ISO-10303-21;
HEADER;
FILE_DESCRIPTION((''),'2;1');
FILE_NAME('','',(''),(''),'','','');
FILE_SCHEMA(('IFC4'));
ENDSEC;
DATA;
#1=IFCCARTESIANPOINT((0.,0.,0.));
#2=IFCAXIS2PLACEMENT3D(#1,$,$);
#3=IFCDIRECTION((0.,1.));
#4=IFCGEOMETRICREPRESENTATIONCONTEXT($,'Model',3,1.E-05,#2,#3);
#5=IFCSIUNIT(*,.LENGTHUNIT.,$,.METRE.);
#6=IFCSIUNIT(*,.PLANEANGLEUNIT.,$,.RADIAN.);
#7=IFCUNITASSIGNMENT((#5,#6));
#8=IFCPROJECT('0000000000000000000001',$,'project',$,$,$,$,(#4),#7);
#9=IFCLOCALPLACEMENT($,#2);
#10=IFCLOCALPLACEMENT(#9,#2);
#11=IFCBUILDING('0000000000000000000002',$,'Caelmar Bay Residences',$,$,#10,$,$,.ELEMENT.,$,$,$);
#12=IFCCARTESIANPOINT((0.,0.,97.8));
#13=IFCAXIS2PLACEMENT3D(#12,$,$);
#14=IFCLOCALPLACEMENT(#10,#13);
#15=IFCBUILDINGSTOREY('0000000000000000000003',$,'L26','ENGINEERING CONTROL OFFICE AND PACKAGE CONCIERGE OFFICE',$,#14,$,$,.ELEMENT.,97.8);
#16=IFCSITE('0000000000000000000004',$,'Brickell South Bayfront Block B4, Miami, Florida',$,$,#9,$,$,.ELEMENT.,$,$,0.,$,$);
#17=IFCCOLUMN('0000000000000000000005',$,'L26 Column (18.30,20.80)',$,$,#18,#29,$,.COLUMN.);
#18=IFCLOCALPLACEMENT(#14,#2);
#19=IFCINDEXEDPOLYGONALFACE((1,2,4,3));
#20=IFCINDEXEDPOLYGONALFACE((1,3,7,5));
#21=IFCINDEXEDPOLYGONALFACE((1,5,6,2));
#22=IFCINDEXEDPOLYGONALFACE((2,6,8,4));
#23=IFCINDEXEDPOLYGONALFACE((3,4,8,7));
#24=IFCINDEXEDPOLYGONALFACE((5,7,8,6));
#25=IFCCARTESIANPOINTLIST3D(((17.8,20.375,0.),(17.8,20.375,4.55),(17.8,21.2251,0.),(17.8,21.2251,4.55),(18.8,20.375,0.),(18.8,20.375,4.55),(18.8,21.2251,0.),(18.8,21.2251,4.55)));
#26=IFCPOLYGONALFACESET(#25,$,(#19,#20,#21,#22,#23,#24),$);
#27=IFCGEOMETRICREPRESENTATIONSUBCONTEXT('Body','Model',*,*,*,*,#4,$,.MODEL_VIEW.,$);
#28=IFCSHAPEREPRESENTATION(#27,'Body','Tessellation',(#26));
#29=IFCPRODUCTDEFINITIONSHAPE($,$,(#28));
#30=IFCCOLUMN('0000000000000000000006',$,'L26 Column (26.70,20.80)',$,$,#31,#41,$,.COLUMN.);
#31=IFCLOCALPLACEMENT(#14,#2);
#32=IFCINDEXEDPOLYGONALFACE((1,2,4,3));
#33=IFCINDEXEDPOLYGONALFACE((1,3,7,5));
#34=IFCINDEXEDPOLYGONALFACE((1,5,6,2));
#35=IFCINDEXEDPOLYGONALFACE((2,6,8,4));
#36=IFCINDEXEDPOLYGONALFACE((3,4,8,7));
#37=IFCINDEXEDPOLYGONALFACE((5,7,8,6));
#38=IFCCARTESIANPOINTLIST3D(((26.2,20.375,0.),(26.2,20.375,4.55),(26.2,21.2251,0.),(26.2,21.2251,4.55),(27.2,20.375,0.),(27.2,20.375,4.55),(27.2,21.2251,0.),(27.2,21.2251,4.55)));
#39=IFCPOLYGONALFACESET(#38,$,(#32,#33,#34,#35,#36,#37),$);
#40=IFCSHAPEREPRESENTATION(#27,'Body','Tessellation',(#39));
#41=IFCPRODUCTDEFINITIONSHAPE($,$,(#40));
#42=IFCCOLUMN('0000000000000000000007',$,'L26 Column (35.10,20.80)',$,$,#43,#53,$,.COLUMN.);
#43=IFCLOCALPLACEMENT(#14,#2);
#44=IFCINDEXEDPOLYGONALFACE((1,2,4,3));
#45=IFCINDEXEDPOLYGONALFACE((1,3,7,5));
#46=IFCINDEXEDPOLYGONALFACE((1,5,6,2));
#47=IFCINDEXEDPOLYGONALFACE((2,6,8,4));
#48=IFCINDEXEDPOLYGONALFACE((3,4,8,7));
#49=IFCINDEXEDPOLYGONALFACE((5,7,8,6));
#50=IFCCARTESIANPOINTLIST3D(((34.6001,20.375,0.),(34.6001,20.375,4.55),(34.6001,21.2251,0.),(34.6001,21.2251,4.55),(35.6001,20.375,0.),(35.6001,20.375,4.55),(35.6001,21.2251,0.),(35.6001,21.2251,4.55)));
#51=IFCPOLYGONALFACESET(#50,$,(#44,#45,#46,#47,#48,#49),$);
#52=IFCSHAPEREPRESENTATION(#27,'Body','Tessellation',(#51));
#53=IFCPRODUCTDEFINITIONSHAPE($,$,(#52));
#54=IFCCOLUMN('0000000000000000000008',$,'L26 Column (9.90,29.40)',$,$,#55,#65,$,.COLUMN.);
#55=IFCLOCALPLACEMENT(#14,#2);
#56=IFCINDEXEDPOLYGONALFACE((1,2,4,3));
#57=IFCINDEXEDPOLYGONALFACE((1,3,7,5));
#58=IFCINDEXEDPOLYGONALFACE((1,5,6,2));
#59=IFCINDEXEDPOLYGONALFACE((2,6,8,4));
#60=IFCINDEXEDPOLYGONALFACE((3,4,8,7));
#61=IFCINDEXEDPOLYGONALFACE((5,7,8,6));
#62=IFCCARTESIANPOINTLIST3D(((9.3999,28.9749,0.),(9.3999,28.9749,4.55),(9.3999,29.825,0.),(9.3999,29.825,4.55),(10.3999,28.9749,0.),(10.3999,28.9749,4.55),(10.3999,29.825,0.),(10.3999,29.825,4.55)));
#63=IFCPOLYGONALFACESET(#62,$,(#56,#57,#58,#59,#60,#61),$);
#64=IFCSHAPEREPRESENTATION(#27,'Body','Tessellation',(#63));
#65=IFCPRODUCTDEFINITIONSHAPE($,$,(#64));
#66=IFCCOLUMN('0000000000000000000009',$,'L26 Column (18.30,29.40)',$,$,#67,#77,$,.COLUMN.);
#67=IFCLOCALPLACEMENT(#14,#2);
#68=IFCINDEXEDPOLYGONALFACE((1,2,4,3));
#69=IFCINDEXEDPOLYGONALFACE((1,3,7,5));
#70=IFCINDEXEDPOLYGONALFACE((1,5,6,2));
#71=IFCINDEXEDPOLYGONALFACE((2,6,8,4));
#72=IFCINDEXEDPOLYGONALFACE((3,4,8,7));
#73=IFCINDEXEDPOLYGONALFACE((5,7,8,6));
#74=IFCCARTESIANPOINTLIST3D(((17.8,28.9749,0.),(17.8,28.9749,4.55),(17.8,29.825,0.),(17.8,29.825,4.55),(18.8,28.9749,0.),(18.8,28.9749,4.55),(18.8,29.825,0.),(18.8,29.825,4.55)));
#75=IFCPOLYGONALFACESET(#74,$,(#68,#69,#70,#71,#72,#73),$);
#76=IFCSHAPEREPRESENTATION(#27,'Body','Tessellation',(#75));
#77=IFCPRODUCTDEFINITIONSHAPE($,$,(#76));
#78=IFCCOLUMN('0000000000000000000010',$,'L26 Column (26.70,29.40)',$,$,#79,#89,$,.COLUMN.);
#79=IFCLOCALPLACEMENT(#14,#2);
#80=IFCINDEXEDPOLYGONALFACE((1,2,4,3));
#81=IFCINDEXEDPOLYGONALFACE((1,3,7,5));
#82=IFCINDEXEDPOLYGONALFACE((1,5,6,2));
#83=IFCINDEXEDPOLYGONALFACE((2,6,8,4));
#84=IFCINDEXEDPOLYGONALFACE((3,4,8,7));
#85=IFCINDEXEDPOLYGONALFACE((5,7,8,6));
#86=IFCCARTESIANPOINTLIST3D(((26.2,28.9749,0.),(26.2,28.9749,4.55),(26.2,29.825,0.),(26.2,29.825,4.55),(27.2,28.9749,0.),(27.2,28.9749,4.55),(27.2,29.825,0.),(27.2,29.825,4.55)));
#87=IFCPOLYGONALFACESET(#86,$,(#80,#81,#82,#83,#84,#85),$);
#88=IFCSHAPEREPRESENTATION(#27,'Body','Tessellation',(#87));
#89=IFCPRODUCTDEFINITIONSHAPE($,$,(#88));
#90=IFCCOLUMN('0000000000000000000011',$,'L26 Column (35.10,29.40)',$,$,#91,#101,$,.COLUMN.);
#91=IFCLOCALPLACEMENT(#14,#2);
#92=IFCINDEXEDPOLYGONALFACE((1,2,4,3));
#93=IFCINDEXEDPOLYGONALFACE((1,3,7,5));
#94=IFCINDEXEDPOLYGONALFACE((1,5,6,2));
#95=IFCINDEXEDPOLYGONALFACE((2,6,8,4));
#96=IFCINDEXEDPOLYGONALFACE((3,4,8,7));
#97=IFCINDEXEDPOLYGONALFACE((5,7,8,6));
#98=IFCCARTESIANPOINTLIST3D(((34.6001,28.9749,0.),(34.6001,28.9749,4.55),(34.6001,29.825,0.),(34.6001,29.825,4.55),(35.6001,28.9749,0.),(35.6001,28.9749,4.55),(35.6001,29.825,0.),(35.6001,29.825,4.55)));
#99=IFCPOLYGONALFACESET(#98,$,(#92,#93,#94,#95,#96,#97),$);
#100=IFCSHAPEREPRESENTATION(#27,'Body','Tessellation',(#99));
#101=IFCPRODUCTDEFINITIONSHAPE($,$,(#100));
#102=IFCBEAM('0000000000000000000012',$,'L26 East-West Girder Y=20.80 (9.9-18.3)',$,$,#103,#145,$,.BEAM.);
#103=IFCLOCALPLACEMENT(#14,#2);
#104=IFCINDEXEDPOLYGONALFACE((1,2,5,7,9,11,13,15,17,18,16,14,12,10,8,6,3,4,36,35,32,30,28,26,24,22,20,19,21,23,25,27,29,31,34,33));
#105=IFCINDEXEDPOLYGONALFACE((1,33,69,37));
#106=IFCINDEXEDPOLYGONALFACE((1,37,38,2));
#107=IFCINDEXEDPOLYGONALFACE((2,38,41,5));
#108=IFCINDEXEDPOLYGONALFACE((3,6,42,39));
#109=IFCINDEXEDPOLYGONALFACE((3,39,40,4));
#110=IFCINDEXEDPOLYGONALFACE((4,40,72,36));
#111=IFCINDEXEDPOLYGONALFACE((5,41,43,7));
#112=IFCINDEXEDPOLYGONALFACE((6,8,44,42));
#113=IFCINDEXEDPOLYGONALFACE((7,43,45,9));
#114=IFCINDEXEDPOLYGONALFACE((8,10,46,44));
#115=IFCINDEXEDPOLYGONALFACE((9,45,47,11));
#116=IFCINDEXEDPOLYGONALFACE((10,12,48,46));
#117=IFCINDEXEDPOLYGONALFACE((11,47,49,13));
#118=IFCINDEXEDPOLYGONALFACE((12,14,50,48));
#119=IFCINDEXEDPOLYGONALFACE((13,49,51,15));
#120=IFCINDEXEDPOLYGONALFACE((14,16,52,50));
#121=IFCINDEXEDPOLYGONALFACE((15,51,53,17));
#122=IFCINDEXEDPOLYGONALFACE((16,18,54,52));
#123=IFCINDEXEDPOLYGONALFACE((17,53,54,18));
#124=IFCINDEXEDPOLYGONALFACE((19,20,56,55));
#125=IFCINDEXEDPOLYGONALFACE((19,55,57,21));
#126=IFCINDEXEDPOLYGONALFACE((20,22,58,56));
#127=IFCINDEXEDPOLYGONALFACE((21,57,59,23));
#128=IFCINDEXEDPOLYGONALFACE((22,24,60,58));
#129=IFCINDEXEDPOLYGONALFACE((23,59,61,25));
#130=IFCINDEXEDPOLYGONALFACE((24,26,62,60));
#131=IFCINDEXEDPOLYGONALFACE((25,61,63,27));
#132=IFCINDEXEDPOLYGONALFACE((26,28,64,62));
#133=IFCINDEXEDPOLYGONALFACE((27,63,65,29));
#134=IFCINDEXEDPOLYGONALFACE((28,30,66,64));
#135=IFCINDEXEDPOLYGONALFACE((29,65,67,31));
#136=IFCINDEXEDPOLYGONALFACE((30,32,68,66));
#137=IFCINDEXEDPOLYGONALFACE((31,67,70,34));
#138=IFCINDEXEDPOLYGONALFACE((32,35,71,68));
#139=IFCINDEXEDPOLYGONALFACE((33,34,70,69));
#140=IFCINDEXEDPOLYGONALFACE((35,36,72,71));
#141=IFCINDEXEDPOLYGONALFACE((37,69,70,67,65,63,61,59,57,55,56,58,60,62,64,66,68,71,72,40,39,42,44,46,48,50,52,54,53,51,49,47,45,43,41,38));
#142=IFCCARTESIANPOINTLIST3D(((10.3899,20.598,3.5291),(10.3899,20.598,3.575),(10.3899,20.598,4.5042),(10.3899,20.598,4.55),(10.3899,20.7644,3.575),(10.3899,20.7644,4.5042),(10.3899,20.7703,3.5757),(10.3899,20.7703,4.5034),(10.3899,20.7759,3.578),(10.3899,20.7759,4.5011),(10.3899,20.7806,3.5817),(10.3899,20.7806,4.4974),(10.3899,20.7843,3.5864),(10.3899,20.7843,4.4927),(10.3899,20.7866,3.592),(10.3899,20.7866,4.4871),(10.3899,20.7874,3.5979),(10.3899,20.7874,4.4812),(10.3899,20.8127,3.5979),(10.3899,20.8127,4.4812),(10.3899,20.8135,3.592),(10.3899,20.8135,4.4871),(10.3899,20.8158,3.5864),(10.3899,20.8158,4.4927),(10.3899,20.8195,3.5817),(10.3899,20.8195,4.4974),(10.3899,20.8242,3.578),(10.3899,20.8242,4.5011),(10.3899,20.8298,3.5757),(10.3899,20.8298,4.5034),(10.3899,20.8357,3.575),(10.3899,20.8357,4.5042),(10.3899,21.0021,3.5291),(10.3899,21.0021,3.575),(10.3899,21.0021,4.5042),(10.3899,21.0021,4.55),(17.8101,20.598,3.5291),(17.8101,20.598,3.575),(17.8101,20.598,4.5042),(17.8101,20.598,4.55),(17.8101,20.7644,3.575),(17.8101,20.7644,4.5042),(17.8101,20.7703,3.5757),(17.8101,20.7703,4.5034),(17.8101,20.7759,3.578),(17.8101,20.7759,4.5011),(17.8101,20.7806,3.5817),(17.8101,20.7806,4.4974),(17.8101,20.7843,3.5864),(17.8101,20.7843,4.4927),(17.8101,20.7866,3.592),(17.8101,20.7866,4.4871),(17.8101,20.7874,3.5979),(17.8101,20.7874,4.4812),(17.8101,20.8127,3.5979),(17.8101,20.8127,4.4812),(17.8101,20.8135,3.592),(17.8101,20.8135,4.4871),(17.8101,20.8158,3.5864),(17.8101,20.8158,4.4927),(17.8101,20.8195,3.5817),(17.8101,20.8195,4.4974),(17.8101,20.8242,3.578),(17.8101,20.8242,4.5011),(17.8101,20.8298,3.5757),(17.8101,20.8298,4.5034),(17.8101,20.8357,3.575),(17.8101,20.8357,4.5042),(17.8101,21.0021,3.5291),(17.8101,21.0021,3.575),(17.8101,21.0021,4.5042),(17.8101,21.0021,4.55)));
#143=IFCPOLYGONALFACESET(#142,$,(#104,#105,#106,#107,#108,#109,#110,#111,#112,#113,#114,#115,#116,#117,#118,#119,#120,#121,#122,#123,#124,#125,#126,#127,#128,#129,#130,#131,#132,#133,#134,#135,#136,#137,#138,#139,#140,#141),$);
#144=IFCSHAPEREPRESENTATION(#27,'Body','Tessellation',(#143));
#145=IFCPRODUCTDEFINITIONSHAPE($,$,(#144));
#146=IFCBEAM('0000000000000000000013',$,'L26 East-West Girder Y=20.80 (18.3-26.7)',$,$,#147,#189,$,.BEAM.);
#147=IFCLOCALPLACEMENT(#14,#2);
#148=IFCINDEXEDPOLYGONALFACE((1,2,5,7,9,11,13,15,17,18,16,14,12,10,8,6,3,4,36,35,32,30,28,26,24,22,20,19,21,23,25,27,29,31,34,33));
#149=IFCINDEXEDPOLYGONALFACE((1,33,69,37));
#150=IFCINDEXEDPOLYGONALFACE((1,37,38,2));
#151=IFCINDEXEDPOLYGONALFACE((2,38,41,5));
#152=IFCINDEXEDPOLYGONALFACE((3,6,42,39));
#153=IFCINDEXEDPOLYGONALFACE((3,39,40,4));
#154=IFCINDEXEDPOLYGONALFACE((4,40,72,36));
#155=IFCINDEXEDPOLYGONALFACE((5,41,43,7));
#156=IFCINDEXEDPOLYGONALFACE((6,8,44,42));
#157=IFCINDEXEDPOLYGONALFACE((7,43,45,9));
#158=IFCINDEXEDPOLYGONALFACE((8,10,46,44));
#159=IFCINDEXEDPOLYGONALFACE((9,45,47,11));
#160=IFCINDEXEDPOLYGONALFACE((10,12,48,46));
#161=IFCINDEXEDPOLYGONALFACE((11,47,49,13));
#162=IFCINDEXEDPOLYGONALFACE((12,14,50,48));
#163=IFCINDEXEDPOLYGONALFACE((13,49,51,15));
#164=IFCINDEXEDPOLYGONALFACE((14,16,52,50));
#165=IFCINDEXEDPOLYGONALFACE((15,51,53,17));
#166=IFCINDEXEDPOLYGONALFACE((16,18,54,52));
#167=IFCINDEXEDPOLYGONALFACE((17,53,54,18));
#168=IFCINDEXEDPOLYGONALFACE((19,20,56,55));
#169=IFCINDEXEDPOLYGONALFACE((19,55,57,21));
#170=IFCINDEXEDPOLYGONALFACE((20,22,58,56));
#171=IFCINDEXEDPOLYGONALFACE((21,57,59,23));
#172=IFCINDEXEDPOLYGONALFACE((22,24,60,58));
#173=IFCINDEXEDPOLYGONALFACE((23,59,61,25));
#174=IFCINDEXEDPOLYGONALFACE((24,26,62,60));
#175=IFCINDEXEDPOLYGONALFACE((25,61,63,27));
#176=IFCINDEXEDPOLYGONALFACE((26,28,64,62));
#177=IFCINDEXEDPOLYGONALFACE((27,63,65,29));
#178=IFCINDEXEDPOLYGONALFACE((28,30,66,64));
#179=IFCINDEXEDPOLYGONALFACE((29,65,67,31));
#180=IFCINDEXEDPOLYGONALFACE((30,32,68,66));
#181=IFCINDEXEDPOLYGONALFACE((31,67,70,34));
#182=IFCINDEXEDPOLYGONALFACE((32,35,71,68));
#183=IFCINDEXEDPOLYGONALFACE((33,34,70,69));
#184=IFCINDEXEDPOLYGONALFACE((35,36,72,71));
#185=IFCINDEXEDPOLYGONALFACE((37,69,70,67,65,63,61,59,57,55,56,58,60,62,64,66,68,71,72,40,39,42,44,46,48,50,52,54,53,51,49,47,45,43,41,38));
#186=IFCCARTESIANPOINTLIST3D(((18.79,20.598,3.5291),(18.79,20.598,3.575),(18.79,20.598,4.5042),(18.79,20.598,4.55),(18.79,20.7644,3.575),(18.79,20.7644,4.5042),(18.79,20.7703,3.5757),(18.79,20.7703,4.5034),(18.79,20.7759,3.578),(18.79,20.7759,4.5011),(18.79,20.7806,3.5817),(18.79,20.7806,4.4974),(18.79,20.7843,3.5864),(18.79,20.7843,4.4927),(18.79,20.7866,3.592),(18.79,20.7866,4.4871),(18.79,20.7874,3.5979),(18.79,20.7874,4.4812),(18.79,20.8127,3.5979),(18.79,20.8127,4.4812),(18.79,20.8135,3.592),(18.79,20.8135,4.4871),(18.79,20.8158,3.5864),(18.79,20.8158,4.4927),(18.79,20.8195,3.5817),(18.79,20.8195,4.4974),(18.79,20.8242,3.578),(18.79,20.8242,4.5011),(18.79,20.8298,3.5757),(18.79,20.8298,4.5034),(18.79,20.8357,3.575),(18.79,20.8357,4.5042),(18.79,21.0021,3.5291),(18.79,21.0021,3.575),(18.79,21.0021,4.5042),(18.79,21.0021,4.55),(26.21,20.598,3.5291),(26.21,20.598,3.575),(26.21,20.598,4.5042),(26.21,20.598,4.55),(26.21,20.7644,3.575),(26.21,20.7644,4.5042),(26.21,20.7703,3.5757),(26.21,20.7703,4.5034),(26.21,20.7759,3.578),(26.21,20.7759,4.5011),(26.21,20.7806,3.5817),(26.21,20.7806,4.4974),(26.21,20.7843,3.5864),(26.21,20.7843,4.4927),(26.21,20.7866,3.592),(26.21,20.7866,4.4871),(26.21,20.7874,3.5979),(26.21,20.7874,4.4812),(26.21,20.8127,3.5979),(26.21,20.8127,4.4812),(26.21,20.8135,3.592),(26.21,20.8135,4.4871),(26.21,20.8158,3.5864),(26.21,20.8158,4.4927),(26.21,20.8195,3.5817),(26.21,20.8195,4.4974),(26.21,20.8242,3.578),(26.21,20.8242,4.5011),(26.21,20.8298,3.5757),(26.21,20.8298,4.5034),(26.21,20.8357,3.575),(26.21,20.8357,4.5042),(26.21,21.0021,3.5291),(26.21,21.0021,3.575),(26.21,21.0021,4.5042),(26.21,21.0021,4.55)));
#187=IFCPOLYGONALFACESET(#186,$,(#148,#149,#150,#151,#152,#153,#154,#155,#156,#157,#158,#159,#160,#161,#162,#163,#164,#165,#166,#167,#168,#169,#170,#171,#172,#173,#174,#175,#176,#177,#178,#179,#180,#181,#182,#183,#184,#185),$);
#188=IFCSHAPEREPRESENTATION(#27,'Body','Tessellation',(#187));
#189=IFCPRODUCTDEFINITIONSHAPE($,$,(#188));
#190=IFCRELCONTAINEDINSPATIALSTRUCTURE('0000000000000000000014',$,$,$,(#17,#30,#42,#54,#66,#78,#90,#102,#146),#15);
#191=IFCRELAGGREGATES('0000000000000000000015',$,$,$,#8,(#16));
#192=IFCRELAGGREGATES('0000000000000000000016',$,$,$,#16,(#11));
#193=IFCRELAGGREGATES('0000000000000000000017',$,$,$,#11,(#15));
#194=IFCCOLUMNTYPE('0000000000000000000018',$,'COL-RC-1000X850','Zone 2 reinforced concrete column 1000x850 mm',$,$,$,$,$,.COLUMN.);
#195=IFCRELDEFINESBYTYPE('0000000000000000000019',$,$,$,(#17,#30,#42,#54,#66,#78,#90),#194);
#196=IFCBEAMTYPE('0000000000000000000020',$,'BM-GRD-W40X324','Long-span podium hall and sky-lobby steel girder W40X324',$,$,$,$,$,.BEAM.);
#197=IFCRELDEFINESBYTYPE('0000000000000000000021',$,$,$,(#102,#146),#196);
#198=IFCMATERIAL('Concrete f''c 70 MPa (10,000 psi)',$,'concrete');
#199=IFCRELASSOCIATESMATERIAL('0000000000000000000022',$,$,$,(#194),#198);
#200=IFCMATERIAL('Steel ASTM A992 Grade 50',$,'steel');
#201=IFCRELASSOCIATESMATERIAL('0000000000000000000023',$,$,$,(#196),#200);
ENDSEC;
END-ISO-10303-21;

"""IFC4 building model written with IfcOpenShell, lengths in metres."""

from ifc_helpers import new_model, si_unit, direction, frame, origin, origin_2d, place, context, subcontext, project, spatial, rectangle, i_section, extrude, material, material_profile, profile_set, type_object, element, save


model = new_model("IFC4")

# Units and contexts
model_context = context("Model", 3, precision=1e-05, world=origin(), true_north=direction((0.0, 1.0)))
body_context = subcontext(model_context, "Body", "Model", "MODEL_VIEW")
ifc_project = project(units=[si_unit("LENGTHUNIT", "METRE"), si_unit("PLANEANGLEUNIT", "RADIAN")], contexts=[model_context])

# Site, building, storey
site_placement = place(None, origin())
site = spatial("IfcSite", under=ifc_project, at=site_placement, Name="Brickell South Bayfront Block B4, Miami, Florida", CompositionType="ELEMENT", RefElevation=0.0)
building_placement = place(site_placement, origin())
building = spatial("IfcBuilding", under=site, at=building_placement, Name="Caelmar Bay Residences", CompositionType="ELEMENT")
storey_placement = place(building_placement, frame((0.0, 0.0, 97.8)))
storey = spatial("IfcBuildingStorey", under=building, at=storey_placement, Name="L26", Description="ENGINEERING CONTROL OFFICE AND PACKAGE CONCIERGE OFFICE", CompositionType="ELEMENT", Elevation=97.8)

# Columns
ifc_material_1 = material(Name="Concrete f'c 70 MPa (10,000 psi)", Category="concrete")
ifc_material_profile_1 = material_profile(ifc_material_1, rectangle(XDim=1.0, YDim=0.8501, at=origin_2d()), Name="RC-COL-1000X850")
ifc_profile_set_1 = profile_set([ifc_material_profile_1], Name="Concrete f'c 70 MPa (10,000 psi)")
column_type = type_object("IfcColumnType", Name="COL-RC-1000X850", Description="Zone 2 reinforced concrete column 1000x850 mm", PredefinedType="COLUMN", material=ifc_profile_set_1)
for number, where, z_axis, x_axis, name in (
    (1, (18.3, 20.8, 0.0), (0.0, 0.0, 1.0), (1.0, 0.0, 0.0), "L26 Column (18.30,20.80)"),
    (2, (26.7, 20.8, 0.0), (0.0, 0.0, 1.0), (1.0, 0.0, 0.0), "L26 Column (26.70,20.80)"),
    (3, (35.1001, 20.8, 0.0), (0.0, 0.0, 1.0), (1.0, 0.0, 0.0), "L26 Column (35.10,20.80)"),
    (4, (9.8999, 29.3999, 0.0), (0.0, 0.0, 1.0), (1.0, 0.0, 0.0), "L26 Column (9.90,29.40)"),
    (5, (18.3, 29.3999, 0.0), (0.0, 0.0, 1.0), (1.0, 0.0, 0.0), "L26 Column (18.30,29.40)"),
    (6, (26.7, 29.3999, 0.0), (0.0, 0.0, 1.0), (1.0, 0.0, 0.0), "L26 Column (26.70,29.40)"),
    (7, (35.1001, 29.3999, 0.0), (0.0, 0.0, 1.0), (1.0, 0.0, 0.0), "L26 Column (35.10,29.40)"),
):
    element("IfcColumn", number, at=place(storey_placement, frame(where, z_axis=z_axis, x_axis=x_axis)), inside=storey, type_object=column_type, Name=name, PredefinedType="COLUMN", context=body_context, shape_type="SweptSolid", body=[
        extrude(rectangle(XDim=1.0, YDim=0.8501, at=origin_2d()), origin(), (0.0, 0.0, 1.0), 4.55),
    ])

# Beams
ifc_material_2 = material(Name="Steel ASTM A992 Grade 50", Category="steel")
ifc_material_profile_2 = material_profile(ifc_material_2, i_section(OverallWidth=0.4041, OverallDepth=1.021, WebThickness=0.0254, FlangeThickness=0.0459, FilletRadius=0.0229, at=origin_2d()), Name="W40X324")
ifc_profile_set_2 = profile_set([ifc_material_profile_2], Name="Steel ASTM A992 Grade 50")
beam_type_1 = type_object("IfcBeamType", Name="BM-GRD-W40X324", Description="Long-span podium hall and sky-lobby steel girder W40X324", PredefinedType="BEAM", material=ifc_profile_set_2)
beam_1_placement = place(storey_placement, frame((10.3899, 20.8, 4.0396), z_axis=(1.0, 0.0, 0.0), x_axis=(0.0, 1.0, 0.0)))
element("IfcBeam", 8, at=beam_1_placement, inside=storey, type_object=beam_type_1, Name="L26 East-West Girder Y=20.80 (9.9-18.3)", PredefinedType="BEAM", context=body_context, shape_type="SweptSolid", body=[
    extrude(i_section(OverallWidth=0.4041, OverallDepth=1.021, WebThickness=0.0254, FlangeThickness=0.0459, FilletRadius=0.0229, at=origin_2d()), origin(), (0.0, 0.0, 1.0), 7.4202),
])
beam_2_placement = place(storey_placement, frame((18.79, 20.8, 4.0396), z_axis=(1.0, 0.0, 0.0), x_axis=(0.0, 1.0, 0.0)))
element("IfcBeam", 9, at=beam_2_placement, inside=storey, type_object=beam_type_1, Name="L26 East-West Girder Y=20.80 (18.3-26.7)", PredefinedType="BEAM", context=body_context, shape_type="SweptSolid", body=[
    extrude(i_section(OverallWidth=0.4041, OverallDepth=1.021, WebThickness=0.0254, FlangeThickness=0.0459, FilletRadius=0.0229, at=origin_2d()), origin(), (0.0, 0.0, 1.0), 7.4199),
])

save(model, "model.ifc")
